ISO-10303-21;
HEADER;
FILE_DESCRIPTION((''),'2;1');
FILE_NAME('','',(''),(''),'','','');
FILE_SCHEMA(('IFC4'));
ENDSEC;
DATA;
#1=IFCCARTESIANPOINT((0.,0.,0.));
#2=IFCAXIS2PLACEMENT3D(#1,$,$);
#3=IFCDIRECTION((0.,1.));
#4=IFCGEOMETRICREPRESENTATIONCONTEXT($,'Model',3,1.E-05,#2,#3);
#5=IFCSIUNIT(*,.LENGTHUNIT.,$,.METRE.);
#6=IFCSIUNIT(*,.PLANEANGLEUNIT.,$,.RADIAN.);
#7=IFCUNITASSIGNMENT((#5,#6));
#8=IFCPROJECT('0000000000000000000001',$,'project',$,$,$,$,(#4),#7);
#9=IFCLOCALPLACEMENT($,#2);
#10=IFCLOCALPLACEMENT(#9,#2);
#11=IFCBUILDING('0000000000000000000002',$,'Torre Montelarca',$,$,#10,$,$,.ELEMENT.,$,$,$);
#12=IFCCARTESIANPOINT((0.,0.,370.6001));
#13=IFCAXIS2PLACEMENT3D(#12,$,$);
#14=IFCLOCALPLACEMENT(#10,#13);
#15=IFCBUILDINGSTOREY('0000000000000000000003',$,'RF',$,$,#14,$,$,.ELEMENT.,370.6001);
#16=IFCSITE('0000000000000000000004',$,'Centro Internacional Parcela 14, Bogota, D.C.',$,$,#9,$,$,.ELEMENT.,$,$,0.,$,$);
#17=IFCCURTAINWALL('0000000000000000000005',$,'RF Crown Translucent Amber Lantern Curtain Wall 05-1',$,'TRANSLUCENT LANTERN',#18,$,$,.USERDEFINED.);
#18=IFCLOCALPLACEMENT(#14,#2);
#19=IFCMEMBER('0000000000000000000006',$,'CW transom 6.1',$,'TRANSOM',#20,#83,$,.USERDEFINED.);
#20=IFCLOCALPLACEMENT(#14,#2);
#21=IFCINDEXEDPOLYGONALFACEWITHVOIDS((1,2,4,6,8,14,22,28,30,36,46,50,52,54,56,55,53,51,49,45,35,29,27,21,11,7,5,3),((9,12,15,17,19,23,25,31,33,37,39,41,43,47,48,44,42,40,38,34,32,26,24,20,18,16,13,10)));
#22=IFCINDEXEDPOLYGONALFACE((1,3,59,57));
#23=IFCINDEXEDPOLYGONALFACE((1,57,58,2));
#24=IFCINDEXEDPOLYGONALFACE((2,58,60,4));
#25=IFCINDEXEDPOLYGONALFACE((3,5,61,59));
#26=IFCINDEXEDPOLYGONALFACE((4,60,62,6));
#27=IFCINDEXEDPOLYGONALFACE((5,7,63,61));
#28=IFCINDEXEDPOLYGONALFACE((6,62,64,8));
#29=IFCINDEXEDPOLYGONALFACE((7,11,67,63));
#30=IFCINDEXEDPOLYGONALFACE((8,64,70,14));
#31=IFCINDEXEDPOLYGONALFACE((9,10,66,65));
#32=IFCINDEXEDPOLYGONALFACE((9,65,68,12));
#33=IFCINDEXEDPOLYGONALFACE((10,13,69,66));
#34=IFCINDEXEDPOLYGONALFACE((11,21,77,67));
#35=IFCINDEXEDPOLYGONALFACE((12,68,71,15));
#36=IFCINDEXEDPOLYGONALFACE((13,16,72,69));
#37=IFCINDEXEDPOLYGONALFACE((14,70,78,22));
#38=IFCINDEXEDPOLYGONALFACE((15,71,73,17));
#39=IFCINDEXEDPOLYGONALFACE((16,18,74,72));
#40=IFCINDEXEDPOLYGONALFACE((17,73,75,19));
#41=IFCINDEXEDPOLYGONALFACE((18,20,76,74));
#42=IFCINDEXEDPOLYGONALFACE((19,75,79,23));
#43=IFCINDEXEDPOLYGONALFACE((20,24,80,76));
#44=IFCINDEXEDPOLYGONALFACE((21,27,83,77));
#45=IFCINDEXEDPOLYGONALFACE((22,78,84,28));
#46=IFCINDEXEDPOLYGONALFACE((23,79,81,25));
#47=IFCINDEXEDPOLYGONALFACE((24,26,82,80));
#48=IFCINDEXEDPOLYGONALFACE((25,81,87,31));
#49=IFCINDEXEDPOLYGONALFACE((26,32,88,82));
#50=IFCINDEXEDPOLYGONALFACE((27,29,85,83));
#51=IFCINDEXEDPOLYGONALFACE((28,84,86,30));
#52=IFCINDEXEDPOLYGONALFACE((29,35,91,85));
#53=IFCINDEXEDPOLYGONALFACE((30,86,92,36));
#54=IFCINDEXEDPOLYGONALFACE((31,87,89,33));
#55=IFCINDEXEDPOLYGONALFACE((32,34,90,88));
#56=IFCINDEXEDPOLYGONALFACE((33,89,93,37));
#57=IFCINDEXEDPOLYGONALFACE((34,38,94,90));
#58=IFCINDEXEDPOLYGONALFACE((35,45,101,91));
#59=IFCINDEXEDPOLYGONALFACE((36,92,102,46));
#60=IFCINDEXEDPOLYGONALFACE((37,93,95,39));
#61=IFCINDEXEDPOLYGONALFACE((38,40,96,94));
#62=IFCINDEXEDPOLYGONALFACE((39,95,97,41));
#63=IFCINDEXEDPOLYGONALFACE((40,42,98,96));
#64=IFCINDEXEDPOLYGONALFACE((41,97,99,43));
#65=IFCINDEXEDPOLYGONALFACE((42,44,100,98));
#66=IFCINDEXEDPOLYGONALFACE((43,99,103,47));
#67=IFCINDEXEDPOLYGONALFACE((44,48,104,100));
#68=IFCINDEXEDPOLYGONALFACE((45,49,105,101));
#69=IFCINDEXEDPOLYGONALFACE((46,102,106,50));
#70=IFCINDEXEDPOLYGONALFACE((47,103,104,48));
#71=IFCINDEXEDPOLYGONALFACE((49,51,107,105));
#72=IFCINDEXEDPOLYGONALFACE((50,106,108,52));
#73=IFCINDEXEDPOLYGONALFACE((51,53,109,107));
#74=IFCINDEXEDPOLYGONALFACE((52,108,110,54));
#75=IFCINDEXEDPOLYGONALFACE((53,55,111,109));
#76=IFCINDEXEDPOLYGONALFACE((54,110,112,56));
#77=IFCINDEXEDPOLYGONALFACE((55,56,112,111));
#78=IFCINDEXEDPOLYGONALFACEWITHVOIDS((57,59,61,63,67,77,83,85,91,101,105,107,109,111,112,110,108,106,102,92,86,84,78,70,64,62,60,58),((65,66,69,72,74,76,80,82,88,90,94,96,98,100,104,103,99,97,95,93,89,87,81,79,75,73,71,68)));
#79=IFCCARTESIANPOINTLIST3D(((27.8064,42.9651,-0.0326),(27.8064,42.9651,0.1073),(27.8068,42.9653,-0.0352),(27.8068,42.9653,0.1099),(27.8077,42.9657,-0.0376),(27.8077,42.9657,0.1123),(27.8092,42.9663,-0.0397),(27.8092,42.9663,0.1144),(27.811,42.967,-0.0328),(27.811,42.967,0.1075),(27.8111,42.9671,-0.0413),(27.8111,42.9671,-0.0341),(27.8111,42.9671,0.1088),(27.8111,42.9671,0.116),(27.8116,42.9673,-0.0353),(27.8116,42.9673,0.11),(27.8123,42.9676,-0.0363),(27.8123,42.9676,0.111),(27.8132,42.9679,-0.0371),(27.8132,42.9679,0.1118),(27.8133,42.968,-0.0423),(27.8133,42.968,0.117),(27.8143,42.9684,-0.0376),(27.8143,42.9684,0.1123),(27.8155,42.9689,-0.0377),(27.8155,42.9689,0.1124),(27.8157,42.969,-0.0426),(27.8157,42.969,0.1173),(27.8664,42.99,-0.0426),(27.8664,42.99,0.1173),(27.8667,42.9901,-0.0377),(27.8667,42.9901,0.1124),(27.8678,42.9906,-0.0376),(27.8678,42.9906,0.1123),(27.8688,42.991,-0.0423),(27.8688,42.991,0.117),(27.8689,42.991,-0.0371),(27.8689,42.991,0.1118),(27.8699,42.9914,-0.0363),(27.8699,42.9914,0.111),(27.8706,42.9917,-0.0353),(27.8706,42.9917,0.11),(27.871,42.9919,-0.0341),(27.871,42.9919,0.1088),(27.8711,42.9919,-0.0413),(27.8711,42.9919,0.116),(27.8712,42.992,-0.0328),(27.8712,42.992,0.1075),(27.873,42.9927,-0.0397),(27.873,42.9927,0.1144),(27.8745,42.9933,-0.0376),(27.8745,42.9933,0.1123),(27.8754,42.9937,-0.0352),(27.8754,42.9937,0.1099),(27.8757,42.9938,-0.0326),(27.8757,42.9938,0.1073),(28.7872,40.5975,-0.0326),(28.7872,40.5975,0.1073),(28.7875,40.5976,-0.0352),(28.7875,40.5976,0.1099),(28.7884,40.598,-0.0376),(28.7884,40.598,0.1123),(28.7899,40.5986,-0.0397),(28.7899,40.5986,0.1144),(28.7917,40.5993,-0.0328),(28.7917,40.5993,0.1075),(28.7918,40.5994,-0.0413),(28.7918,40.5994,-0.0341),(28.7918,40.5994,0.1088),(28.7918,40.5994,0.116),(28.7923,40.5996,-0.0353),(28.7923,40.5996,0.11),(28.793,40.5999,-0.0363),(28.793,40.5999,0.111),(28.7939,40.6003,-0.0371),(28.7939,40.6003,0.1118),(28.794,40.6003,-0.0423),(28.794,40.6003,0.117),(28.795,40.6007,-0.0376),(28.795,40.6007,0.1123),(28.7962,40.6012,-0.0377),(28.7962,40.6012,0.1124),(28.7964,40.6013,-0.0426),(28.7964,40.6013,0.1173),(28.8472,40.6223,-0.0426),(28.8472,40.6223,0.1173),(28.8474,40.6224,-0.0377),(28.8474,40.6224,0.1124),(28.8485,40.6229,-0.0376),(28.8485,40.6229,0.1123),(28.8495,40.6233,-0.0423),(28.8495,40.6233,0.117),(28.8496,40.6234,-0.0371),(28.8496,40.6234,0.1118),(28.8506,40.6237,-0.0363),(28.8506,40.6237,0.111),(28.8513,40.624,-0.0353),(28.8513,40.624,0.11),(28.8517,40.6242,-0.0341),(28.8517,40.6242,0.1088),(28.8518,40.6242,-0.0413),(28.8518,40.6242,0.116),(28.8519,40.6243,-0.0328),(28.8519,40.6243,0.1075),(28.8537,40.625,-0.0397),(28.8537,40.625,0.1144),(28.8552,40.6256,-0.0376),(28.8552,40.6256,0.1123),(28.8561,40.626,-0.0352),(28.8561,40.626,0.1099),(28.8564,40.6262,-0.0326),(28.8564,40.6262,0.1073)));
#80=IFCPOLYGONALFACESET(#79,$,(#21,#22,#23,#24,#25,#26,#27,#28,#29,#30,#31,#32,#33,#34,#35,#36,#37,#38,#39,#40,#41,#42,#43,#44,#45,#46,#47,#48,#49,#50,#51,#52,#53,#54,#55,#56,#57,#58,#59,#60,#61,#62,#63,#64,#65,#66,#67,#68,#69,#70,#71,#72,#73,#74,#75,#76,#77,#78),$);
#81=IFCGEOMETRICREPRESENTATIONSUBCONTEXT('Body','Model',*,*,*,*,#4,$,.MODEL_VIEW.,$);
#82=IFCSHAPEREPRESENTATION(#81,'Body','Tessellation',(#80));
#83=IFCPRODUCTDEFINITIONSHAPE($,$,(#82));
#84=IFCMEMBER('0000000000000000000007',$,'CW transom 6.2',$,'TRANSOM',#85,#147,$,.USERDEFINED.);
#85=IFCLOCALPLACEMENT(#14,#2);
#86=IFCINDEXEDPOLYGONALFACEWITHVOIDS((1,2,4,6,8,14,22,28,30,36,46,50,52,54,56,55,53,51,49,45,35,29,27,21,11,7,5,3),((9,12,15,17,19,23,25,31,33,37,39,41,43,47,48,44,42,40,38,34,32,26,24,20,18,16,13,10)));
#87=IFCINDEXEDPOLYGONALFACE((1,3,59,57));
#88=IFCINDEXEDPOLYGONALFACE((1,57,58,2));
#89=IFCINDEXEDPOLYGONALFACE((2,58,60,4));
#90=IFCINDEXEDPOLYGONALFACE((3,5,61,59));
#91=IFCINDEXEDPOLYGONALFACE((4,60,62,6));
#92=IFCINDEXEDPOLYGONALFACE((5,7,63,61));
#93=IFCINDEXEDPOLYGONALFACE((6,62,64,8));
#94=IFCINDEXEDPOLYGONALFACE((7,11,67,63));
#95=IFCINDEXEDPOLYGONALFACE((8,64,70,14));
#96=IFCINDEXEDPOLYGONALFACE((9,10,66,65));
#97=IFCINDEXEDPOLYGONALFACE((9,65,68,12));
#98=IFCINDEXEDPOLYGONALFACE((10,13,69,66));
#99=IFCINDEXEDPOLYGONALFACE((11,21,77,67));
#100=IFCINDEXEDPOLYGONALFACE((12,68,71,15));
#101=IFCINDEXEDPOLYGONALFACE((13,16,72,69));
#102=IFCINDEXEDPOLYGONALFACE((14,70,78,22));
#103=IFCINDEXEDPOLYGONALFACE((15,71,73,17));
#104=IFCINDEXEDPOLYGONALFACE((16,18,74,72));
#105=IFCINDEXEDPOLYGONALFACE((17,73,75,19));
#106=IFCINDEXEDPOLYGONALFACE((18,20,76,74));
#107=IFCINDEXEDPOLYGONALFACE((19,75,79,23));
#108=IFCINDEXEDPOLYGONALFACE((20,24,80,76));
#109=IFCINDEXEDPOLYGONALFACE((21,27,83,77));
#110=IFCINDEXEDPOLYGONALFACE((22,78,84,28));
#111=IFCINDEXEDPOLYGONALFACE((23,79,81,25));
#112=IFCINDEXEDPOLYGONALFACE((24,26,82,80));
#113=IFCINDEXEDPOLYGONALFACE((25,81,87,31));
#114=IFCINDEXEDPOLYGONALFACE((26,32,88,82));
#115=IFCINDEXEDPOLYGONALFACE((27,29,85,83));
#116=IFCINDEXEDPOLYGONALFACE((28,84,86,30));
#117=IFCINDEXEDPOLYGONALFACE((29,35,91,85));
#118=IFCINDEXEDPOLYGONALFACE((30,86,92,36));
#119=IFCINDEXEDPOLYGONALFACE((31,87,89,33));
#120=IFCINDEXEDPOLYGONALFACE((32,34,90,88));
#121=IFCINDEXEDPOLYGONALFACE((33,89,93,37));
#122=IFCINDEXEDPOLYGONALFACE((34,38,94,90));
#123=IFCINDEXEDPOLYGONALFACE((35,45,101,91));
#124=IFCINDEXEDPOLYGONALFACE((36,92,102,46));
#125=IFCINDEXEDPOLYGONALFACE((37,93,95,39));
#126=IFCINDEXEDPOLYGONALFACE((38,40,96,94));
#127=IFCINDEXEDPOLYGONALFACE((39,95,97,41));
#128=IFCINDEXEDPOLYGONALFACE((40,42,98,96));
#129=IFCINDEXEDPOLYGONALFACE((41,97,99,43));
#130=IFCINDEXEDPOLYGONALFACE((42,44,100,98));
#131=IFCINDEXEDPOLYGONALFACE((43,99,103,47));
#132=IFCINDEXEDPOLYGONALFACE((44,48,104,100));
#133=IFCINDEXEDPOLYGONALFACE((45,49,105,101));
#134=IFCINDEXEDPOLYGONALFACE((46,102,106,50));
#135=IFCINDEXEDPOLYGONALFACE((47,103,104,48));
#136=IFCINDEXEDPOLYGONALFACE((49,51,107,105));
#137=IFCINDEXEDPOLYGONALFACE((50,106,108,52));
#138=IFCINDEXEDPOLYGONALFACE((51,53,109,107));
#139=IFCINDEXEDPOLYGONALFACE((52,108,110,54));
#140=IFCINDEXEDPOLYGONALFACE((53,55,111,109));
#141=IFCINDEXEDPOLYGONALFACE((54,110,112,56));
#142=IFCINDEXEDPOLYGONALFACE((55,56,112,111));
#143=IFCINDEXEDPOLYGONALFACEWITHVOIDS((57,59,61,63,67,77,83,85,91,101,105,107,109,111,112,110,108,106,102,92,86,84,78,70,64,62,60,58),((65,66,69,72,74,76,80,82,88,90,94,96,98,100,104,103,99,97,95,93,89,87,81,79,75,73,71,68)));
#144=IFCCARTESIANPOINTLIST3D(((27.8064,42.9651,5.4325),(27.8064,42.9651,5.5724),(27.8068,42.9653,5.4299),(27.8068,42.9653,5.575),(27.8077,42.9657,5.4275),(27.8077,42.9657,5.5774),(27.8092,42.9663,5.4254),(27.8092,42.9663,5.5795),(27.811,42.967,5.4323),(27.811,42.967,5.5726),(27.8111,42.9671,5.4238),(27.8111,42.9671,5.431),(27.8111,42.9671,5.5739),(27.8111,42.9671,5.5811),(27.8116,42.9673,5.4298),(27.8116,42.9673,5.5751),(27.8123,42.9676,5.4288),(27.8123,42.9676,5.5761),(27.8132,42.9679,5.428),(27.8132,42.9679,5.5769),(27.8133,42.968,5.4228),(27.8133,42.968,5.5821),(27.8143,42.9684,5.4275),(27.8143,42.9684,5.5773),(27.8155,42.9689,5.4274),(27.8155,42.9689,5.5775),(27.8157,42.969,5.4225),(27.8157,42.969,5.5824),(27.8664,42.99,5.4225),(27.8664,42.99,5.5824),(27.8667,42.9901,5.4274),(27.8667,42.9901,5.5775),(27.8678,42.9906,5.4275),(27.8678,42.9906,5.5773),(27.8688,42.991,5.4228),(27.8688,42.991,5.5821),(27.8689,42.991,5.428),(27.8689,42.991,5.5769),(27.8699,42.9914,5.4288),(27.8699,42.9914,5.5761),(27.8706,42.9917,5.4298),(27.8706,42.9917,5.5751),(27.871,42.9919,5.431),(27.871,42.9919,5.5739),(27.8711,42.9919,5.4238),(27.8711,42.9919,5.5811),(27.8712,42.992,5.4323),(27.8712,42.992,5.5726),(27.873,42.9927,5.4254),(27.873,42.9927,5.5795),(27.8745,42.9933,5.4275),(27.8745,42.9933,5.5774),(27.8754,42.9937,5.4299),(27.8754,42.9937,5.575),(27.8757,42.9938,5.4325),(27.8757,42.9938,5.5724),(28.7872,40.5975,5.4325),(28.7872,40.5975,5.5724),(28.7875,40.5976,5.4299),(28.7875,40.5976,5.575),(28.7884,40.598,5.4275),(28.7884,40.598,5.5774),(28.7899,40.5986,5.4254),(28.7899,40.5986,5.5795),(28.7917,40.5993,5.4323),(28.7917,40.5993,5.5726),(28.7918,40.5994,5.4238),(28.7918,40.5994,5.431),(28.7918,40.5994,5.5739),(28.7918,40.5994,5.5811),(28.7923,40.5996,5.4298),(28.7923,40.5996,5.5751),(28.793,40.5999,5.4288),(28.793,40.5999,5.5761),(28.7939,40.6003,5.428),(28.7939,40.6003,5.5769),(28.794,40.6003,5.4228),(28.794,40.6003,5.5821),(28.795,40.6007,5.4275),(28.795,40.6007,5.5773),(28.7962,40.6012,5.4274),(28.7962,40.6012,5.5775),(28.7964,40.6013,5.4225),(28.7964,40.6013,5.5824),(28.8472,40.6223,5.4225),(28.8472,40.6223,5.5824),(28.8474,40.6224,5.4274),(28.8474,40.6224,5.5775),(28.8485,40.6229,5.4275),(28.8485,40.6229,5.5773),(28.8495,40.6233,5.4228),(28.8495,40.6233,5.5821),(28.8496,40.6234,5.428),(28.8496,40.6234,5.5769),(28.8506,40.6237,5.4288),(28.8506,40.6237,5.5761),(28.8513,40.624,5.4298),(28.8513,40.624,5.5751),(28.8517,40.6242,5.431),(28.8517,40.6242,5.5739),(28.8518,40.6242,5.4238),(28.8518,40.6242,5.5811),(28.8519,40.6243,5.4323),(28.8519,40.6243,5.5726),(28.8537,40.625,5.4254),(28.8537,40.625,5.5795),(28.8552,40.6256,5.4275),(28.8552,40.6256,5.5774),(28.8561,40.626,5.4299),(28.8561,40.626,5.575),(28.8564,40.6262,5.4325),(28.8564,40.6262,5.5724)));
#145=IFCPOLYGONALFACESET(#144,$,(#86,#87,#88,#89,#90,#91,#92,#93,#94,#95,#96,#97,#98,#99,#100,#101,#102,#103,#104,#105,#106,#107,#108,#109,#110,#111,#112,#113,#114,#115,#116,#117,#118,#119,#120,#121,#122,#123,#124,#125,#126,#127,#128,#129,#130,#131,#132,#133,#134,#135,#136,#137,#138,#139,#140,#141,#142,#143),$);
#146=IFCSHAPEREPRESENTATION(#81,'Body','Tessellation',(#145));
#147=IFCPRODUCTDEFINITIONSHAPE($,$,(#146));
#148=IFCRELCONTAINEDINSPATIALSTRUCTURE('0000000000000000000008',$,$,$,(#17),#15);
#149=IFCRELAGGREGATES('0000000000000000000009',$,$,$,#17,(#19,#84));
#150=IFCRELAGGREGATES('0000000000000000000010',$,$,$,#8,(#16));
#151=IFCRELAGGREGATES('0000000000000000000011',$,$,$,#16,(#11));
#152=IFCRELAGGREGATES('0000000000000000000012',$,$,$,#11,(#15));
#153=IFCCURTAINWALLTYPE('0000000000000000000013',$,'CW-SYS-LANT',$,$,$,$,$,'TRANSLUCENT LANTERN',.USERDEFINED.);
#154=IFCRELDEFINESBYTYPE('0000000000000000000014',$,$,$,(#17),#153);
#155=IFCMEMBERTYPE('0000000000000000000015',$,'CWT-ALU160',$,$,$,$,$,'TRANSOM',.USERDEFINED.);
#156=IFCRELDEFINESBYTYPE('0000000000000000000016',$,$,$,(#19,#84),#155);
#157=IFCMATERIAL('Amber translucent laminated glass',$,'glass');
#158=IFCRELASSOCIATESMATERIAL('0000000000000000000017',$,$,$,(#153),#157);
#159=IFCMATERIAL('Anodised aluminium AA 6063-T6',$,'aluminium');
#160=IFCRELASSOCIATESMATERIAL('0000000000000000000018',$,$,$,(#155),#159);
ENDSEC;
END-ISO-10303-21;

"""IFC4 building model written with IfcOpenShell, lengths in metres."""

from ifc_helpers import new_model, si_unit, direction, frame, origin, origin_2d, place, context, subcontext, project, spatial, hollow_rectangle, extrude, source, transform, mapped, material, material_profile, profile_set, type_object, element, aggregate, save


model = new_model("IFC4")

# Units and contexts
model_context = context("Model", 3, precision=1e-05, world=origin(), true_north=direction((0.0, 1.0)))
body_context = subcontext(model_context, "Body", "Model", "MODEL_VIEW")
ifc_project = project(units=[si_unit("LENGTHUNIT", "METRE"), si_unit("PLANEANGLEUNIT", "RADIAN")], contexts=[model_context])

# Site, building, storey
site_placement = place(None, origin())
site = spatial("IfcSite", under=ifc_project, at=site_placement, Name="Centro Internacional Parcela 14, Bogota, D.C.", CompositionType="ELEMENT", RefElevation=0.0)
building_placement = place(site_placement, origin())
building = spatial("IfcBuilding", under=site, at=building_placement, Name="Torre Montelarca", CompositionType="ELEMENT")
storey_placement = place(building_placement, frame((0.0, 0.0, 370.6001)))
storey = spatial("IfcBuildingStorey", under=building, at=storey_placement, Name="RF", CompositionType="ELEMENT", Elevation=370.6001)

# Curtain wall, members
ifc_material_1 = material(Name="Amber translucent laminated glass", Category="glass")
curtain_wall_type = type_object("IfcCurtainWallType", Name="CW-SYS-LANT", ElementType="TRANSLUCENT LANTERN", PredefinedType="USERDEFINED", material=ifc_material_1)
curtain_wall_placement = place(storey_placement, origin())
curtain_wall = element("IfcCurtainWall", 1, at=curtain_wall_placement, inside=storey, type_object=curtain_wall_type, Name="RF Crown Translucent Amber Lantern Curtain Wall 05-1", ObjectType="TRANSLUCENT LANTERN", PredefinedType="USERDEFINED")
ifc_material_2 = material(Name="Anodised aluminium AA 6063-T6", Category="aluminium")
ifc_material_profile_1 = material_profile(ifc_material_2, hollow_rectangle(XDim=0.075, YDim=0.1599, WallThickness=0.0049, InnerFilletRadius=0.0049, OuterFilletRadius=0.01, at=origin_2d()), Name="ALU75X160X5", Category="aluminium")
ifc_profile_set_1 = profile_set([ifc_material_profile_1], Name="Anodised aluminium AA 6063-T6")
member_type_1 = type_object("IfcMemberType", Name="CWT-ALU160", ElementType="TRANSOM", PredefinedType="USERDEFINED", material=ifc_profile_set_1)
shared_shape_1 = source(origin(), body_context, "Body", "SweptSolid", [
    extrude(hollow_rectangle(XDim=0.075, YDim=0.1599, WallThickness=0.0049, InnerFilletRadius=0.0049, OuterFilletRadius=0.01, at=origin_2d()), origin(), (0.0, 0.0, 1.0), 2.5627),
])
member_1_placement = place(storey_placement, frame((28.8218, 40.6118, 0.0374), z_axis=(-0.38268, 0.923881, 0.0), x_axis=(-0.923881, -0.38268, 0.0)))
member_1 = element("IfcMember", 2, at=member_1_placement, type_object=member_type_1, Name="CW transom 6.1", ObjectType="TRANSOM", PredefinedType="USERDEFINED", context=body_context, shape_type="MappedRepresentation", body=[
    mapped(shared_shape_1, transform((0.0, 0.0, 0.0), scale=1.0)),
])
member_2_placement = place(storey_placement, frame((28.8218, 40.6118, 5.5024), z_axis=(-0.38268, 0.923881, 0.0), x_axis=(-0.923881, -0.38268, 0.0)))
member_2 = element("IfcMember", 3, at=member_2_placement, type_object=member_type_1, Name="CW transom 6.2", ObjectType="TRANSOM", PredefinedType="USERDEFINED", context=body_context, shape_type="MappedRepresentation", body=[
    mapped(shared_shape_1, transform((0.0, 0.0, 0.0), scale=1.0)),
])
aggregate(curtain_wall, [member_1, member_2])

save(model, "model.ifc")
